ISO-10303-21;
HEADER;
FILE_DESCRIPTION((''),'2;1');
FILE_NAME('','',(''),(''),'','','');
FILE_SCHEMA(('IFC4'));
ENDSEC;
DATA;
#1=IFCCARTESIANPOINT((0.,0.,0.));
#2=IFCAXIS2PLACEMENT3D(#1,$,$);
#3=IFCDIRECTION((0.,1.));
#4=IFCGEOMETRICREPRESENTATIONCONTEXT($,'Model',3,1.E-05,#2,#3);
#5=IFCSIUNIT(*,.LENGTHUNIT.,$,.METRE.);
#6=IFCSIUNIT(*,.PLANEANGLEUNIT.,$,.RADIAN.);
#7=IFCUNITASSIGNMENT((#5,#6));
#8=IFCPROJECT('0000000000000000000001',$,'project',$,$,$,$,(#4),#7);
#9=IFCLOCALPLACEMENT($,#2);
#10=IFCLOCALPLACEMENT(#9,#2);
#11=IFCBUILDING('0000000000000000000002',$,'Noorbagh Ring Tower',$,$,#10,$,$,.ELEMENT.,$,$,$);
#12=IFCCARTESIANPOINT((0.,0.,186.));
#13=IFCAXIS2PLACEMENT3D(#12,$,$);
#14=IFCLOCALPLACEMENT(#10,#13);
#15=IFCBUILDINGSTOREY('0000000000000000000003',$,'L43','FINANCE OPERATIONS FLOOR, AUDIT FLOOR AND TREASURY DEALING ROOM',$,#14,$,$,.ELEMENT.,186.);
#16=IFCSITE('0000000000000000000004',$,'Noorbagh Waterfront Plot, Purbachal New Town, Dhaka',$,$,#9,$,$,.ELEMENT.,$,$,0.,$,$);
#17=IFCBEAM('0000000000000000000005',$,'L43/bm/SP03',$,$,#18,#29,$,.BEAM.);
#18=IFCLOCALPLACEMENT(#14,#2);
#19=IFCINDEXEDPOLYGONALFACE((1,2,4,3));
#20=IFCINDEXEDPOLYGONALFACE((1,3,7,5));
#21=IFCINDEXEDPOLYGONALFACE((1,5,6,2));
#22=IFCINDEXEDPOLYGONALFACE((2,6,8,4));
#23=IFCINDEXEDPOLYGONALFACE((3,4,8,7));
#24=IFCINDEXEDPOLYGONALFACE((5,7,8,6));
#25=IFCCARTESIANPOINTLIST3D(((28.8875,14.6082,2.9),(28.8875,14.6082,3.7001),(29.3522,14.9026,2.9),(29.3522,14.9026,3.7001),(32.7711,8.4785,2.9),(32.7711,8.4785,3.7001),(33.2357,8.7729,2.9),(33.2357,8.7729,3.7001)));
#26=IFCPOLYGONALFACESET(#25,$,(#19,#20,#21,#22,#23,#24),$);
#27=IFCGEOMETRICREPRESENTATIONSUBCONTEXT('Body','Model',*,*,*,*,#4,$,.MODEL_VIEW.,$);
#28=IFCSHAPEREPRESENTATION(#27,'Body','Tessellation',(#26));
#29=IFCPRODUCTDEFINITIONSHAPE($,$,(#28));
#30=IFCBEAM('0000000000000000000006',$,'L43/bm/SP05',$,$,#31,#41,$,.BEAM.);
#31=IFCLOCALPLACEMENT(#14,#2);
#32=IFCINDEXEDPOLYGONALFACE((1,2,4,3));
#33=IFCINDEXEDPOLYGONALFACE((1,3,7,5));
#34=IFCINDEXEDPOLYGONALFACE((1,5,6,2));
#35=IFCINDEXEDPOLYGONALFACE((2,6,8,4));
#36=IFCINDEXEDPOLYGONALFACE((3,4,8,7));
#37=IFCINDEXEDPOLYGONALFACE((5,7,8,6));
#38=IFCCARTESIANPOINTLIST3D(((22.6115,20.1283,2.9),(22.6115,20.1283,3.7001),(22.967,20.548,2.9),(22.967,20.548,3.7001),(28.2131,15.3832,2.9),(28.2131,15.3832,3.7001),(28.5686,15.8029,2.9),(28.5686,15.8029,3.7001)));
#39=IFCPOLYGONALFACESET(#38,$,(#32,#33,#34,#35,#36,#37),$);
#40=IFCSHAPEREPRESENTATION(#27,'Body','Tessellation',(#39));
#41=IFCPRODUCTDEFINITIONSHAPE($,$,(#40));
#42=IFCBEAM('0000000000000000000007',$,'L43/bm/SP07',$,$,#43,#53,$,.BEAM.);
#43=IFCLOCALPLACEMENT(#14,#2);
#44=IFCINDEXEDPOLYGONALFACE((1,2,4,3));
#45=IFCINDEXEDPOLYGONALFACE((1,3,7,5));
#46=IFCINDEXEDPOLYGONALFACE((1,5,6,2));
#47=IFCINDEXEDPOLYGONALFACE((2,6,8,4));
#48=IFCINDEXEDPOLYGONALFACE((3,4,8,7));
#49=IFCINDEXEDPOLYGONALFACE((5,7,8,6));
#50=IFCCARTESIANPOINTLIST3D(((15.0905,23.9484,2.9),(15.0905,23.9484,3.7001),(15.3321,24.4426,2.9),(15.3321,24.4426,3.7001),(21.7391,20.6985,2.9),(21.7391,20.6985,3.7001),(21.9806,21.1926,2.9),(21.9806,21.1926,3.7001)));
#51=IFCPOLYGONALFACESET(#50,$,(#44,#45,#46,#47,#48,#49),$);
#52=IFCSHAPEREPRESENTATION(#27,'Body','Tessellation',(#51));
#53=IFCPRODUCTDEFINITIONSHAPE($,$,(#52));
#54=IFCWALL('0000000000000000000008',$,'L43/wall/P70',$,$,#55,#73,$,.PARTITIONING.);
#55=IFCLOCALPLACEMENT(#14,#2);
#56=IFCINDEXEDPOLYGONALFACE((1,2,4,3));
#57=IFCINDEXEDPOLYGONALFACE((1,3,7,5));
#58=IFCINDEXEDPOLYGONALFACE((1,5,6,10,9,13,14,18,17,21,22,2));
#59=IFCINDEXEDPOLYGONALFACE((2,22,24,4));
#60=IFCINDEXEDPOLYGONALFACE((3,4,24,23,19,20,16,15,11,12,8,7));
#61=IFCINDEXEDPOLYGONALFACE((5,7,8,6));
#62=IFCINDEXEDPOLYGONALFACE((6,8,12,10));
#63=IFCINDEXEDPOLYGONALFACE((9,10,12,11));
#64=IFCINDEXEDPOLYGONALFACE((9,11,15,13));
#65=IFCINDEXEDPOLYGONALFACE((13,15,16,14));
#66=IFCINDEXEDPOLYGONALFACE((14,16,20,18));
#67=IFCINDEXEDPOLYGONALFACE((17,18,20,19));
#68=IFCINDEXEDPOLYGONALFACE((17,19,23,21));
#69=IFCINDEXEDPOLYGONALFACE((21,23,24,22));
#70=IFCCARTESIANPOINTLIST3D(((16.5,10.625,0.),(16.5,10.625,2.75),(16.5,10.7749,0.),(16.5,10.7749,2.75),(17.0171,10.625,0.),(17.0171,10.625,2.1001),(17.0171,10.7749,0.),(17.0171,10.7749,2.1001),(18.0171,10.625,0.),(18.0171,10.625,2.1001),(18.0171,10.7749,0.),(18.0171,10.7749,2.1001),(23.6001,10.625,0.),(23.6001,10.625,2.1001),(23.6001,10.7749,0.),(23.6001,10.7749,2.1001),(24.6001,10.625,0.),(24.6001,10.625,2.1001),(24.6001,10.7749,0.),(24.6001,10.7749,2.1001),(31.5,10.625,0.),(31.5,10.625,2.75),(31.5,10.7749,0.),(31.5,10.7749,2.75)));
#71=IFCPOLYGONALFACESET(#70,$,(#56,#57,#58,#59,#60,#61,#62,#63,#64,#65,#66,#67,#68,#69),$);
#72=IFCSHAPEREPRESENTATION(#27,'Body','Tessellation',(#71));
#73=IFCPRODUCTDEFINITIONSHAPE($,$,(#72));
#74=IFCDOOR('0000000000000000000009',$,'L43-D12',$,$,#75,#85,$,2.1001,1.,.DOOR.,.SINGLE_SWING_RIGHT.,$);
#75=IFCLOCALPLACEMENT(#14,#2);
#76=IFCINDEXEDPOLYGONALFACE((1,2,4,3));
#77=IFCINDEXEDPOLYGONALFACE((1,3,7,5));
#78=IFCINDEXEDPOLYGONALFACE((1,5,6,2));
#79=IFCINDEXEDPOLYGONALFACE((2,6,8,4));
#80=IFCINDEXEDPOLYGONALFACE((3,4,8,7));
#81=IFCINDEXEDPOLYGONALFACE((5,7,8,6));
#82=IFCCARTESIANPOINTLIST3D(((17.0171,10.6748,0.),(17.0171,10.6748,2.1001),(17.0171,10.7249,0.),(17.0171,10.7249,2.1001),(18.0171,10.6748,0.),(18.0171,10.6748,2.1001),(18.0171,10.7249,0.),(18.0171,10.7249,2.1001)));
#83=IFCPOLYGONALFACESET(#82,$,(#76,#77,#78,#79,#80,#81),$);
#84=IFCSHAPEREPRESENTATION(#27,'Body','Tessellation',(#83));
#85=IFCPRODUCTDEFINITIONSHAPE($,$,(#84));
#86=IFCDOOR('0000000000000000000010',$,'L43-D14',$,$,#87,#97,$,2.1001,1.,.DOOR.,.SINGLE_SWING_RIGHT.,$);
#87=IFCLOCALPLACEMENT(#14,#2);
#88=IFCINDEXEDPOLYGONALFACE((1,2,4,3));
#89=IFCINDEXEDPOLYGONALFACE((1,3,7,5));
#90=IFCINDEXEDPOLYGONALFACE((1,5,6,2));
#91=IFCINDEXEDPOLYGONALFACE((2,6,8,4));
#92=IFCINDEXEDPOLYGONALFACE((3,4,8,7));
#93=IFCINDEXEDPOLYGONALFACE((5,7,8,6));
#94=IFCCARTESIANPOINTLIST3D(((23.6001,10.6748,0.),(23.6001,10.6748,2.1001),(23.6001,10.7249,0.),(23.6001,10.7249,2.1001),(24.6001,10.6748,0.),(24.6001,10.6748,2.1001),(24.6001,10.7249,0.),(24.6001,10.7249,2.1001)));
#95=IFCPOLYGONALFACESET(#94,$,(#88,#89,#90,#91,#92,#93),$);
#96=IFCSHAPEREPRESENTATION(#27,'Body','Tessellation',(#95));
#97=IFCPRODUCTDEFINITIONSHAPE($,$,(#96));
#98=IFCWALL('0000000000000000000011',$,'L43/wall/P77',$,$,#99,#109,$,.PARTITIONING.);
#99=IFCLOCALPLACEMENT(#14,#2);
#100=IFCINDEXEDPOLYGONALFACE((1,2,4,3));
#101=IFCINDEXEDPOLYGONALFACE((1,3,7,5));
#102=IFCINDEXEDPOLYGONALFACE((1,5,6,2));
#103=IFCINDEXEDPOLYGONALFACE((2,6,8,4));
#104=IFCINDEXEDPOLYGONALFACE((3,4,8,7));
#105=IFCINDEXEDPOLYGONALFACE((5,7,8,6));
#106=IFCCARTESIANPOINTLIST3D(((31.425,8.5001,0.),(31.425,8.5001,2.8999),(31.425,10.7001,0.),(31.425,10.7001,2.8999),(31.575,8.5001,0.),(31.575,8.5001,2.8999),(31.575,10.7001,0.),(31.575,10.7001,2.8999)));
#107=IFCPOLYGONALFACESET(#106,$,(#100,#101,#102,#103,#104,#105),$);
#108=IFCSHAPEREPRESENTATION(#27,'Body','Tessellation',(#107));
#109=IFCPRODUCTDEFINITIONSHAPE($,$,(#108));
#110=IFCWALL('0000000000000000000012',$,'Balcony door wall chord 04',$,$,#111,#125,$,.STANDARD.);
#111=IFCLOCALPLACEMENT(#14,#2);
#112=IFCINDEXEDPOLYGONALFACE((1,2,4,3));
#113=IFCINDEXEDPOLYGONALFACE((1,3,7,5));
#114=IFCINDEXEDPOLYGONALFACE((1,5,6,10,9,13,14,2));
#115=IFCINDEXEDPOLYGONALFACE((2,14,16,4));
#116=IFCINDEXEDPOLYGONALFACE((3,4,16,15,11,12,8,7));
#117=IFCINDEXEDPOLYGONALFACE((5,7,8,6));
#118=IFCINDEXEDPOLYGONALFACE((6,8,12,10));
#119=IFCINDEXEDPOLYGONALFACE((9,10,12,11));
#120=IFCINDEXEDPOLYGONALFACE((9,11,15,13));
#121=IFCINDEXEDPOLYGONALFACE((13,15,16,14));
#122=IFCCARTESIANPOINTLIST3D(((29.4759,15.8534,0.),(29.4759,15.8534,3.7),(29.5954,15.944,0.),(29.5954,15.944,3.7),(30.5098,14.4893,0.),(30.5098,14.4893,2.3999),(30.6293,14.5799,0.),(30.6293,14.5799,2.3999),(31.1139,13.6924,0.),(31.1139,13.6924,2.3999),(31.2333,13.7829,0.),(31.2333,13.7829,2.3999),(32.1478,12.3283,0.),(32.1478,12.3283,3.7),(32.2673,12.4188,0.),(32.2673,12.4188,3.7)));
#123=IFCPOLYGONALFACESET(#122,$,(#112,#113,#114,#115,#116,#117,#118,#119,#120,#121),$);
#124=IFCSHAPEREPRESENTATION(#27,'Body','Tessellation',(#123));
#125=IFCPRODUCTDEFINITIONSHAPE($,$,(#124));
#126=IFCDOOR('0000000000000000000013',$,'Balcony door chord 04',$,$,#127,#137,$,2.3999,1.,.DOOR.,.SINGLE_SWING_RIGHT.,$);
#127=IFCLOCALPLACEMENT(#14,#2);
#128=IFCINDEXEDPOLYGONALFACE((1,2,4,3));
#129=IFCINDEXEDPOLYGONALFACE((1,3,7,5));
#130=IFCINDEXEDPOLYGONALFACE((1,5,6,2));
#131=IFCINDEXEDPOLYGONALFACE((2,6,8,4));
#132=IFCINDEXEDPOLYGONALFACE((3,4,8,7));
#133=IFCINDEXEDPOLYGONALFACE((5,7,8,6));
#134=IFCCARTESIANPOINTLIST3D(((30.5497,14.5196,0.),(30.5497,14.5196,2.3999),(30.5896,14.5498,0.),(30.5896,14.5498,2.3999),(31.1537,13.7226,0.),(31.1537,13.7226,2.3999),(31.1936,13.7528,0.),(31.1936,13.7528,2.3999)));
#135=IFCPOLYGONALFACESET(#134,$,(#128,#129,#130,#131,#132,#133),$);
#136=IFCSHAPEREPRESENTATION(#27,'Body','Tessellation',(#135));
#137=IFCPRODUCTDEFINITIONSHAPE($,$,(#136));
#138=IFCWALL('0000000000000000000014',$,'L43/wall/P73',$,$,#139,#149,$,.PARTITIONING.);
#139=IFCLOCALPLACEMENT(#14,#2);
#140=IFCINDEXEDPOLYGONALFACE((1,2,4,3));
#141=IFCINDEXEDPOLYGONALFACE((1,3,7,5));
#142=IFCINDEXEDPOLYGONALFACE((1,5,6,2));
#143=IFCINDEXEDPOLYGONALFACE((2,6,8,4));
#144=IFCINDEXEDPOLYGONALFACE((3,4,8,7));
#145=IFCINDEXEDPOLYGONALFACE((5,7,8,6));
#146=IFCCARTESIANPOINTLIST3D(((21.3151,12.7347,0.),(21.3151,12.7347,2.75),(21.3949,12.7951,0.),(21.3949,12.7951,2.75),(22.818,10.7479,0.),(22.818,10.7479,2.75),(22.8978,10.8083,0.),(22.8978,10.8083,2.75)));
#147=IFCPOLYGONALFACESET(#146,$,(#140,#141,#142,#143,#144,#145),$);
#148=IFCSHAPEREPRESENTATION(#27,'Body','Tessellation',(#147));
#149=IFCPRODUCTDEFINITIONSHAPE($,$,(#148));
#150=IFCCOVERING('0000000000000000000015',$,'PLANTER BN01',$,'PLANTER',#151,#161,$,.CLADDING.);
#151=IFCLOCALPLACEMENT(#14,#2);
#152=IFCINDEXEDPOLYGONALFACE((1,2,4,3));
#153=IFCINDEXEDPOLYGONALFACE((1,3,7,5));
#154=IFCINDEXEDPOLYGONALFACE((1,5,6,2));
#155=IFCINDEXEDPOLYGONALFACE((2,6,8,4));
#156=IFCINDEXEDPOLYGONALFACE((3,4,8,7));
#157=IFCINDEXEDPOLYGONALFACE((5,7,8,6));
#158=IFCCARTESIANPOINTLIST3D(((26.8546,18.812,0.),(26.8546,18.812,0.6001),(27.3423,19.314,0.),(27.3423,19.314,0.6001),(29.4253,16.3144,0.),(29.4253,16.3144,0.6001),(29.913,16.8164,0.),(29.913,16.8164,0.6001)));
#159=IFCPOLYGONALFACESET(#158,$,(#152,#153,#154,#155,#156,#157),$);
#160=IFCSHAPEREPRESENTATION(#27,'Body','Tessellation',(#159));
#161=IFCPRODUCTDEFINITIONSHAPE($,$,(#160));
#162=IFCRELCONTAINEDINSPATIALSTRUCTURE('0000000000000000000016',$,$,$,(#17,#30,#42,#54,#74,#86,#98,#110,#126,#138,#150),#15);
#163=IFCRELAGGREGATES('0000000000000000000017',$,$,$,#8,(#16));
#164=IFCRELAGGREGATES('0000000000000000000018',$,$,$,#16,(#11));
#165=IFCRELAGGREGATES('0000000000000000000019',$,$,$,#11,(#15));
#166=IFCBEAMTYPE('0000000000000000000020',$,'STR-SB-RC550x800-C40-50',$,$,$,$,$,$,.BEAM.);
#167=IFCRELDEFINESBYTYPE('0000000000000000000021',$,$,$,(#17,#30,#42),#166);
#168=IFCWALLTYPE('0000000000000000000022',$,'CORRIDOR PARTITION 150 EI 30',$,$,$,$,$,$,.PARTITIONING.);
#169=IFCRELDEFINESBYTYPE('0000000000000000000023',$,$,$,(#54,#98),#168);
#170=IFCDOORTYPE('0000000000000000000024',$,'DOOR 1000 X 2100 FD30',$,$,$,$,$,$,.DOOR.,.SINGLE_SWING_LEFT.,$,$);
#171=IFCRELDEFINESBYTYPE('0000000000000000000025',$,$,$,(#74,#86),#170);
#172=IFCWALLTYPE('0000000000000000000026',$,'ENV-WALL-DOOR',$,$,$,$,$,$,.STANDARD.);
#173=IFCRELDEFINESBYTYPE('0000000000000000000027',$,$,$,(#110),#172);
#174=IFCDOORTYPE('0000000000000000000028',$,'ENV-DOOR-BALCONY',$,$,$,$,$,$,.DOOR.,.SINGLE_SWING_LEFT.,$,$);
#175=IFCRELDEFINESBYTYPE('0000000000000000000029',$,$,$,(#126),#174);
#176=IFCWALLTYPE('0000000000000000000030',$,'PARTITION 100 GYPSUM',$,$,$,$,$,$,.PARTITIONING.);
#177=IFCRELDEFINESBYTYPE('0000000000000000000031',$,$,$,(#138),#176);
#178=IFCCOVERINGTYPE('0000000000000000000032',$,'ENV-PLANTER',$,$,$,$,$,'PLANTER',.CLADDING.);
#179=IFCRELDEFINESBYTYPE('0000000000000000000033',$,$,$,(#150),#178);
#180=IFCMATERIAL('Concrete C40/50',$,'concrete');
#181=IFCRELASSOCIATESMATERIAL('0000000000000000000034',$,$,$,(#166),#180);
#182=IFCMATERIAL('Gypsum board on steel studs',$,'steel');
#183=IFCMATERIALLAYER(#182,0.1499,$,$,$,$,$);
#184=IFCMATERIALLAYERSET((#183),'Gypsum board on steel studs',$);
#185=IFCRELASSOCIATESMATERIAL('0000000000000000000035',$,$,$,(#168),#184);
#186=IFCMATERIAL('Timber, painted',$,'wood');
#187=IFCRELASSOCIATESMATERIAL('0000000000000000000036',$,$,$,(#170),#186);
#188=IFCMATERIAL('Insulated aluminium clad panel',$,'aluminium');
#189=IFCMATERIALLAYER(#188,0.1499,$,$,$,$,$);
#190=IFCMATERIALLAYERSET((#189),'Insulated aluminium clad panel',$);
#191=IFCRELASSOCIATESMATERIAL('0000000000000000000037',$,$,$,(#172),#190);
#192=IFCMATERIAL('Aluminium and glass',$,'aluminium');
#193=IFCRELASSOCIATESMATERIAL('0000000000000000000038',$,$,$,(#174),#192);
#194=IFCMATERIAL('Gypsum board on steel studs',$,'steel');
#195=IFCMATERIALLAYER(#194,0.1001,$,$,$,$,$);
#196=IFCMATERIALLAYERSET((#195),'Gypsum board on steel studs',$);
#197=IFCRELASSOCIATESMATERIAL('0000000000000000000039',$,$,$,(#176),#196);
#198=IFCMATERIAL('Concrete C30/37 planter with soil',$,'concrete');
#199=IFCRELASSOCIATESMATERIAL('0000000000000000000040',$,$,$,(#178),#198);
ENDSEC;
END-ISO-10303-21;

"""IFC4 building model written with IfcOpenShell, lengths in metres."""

from ifc_helpers import new_model, si_unit, direction, frame, frame_2d, origin, origin_2d, place, context, subcontext, project, spatial, rectangle, extrude, material, layer, layer_set, material_profile, profile_set, type_object, element, fill, save


model = new_model("IFC4")

# Units and contexts
model_context = context("Model", 3, precision=1e-05, world=origin(), true_north=direction((0.0, 1.0)))
body_context = subcontext(model_context, "Body", "Model", "MODEL_VIEW")
ifc_project = project(units=[si_unit("LENGTHUNIT", "METRE"), si_unit("PLANEANGLEUNIT", "RADIAN")], contexts=[model_context])

# Site, building, storey
site_placement = place(None, origin())
site = spatial("IfcSite", under=ifc_project, at=site_placement, Name="Noorbagh Waterfront Plot, Purbachal New Town, Dhaka", CompositionType="ELEMENT", RefElevation=0.0)
building_placement = place(site_placement, origin())
building = spatial("IfcBuilding", under=site, at=building_placement, Name="Noorbagh Ring Tower", CompositionType="ELEMENT")
storey_placement = place(building_placement, frame((0.0, 0.0, 186.0)))
storey = spatial("IfcBuildingStorey", under=building, at=storey_placement, Name="L43", Description="FINANCE OPERATIONS FLOOR, AUDIT FLOOR AND TREASURY DEALING ROOM", CompositionType="ELEMENT", Elevation=186.0)

# Beams
ifc_material_1 = material(Name="Concrete C40/50", Category="concrete")
ifc_material_profile_1 = material_profile(ifc_material_1, rectangle(XDim=0.55, YDim=0.8, at=origin_2d()), Name="RC550x800")
ifc_profile_set_1 = profile_set([ifc_material_profile_1], Name="Concrete C40/50")
beam_type_1 = type_object("IfcBeamType", Name="STR-SB-RC550x800-C40-50", PredefinedType="BEAM", material=ifc_profile_set_1)
beam_1_placement = place(storey_placement, frame((33.0034, 8.6257, 3.3), z_axis=(-0.535194, 0.844729, 0.0), x_axis=(-0.844729, -0.535194, 0.0)))
element("IfcBeam", 1, at=beam_1_placement, inside=storey, type_object=beam_type_1, Name="L43/bm/SP03", PredefinedType="BEAM", context=body_context, shape_type="SweptSolid", body=[
    extrude(rectangle(XDim=0.55, YDim=0.8, at=origin_2d()), origin(), (0.0, 0.0, 1.0), 7.2563),
])
beam_2_placement = place(storey_placement, frame((28.3909, 15.593, 3.3), z_axis=(-0.763028, 0.646366, 0.0), x_axis=(-0.646366, -0.763028, 0.0)))
element("IfcBeam", 2, at=beam_2_placement, inside=storey, type_object=beam_type_1, Name="L43/bm/SP05", PredefinedType="BEAM", context=body_context, shape_type="SweptSolid", body=[
    extrude(rectangle(XDim=0.55, YDim=0.8, at=origin_2d()), origin(), (0.0, 0.0, 1.0), 7.3413),
])
beam_3_placement = place(storey_placement, frame((21.8599, 20.9456, 3.3), z_axis=(-0.898409, 0.439159, 0.0), x_axis=(-0.439159, -0.898409, 0.0)))
element("IfcBeam", 3, at=beam_3_placement, inside=storey, type_object=beam_type_1, Name="L43/bm/SP07", PredefinedType="BEAM", context=body_context, shape_type="SweptSolid", body=[
    extrude(rectangle(XDim=0.55, YDim=0.8, at=origin_2d()), origin(), (0.0, 0.0, 1.0), 7.4004),
])

# Wall, openings, doors
ifc_material_2 = material(Name="Gypsum board on steel studs", Category="steel")
ifc_layer_1 = layer(ifc_material_2, 0.1499)
ifc_layer_set_1 = layer_set([ifc_layer_1], Name="Gypsum board on steel studs")
wall_type_1 = type_object("IfcWallType", Name="CORRIDOR PARTITION 150 EI 30", PredefinedType="PARTITIONING", material=ifc_layer_set_1)
wall_1_placement = place(storey_placement, frame((16.5, 10.7, 0.0), z_axis=(0.0, 0.0, 1.0), x_axis=(1.0, 0.0, 0.0)))
wall_1 = element("IfcWall", 4, at=wall_1_placement, inside=storey, type_object=wall_type_1, Name="L43/wall/P70", PredefinedType="PARTITIONING", context=body_context, shape_type="SweptSolid", body=[
    extrude(rectangle(XDim=15.0, YDim=0.1499, at=frame_2d((7.5, 0.0))), origin(), (0.0, 0.0, 1.0), 2.75),
])
opening_1_placement = place(wall_1_placement, frame((0.5171, 0.0, 0.0)))
opening_1 = element("IfcOpeningElement", 5, at=opening_1_placement, cuts=wall_1, PredefinedType="OPENING", context=body_context, shape_type="SweptSolid", body=[
    extrude(rectangle(XDim=1.0, YDim=2.1001, at=frame_2d((0.5, 1.05))), frame((0.0, 0.085, 0.0), z_axis=(0.0, -1.0, 0.0), x_axis=(1.0, 0.0, 0.0)), (0.0, 0.0, 1.0), 0.1699),
])
opening_2_placement = place(wall_1_placement, frame((7.1001, 0.0, 0.0)))
opening_2 = element("IfcOpeningElement", 6, at=opening_2_placement, cuts=wall_1, PredefinedType="OPENING", context=body_context, shape_type="SweptSolid", body=[
    extrude(rectangle(XDim=1.0, YDim=2.1001, at=frame_2d((0.5, 1.05))), frame((0.0, 0.085, 0.0), z_axis=(0.0, -1.0, 0.0), x_axis=(1.0, 0.0, 0.0)), (0.0, 0.0, 1.0), 0.1699),
])
ifc_material_3 = material(Name="Timber, painted", Category="wood")
door_type_1 = type_object("IfcDoorType", Name="DOOR 1000 X 2100 FD30", OperationType="SINGLE_SWING_LEFT", PredefinedType="DOOR", material=ifc_material_3)
door_1_placement = place(opening_1_placement, origin())
door_1 = element("IfcDoor", 7, at=door_1_placement, inside=storey, type_object=door_type_1, Name="L43-D12", OperationType="SINGLE_SWING_RIGHT", OverallHeight=2.1001, OverallWidth=1.0, PredefinedType="DOOR", context=body_context, shape_type="SweptSolid", body=[
    extrude(rectangle(XDim=1.0, YDim=2.1001, at=frame_2d((0.5, 1.05))), frame((0.0, 0.0249, 0.0), z_axis=(0.0, -1.0, 0.0), x_axis=(1.0, 0.0, 0.0)), (0.0, 0.0, 1.0), 0.05),
])
fill(opening_1, door_1)
door_2_placement = place(opening_2_placement, origin())
door_2 = element("IfcDoor", 8, at=door_2_placement, inside=storey, type_object=door_type_1, Name="L43-D14", OperationType="SINGLE_SWING_RIGHT", OverallHeight=2.1001, OverallWidth=1.0, PredefinedType="DOOR", context=body_context, shape_type="SweptSolid", body=[
    extrude(rectangle(XDim=1.0, YDim=2.1001, at=frame_2d((0.5, 1.05))), frame((0.0, 0.0249, 0.0), z_axis=(0.0, -1.0, 0.0), x_axis=(1.0, 0.0, 0.0)), (0.0, 0.0, 1.0), 0.05),
])
fill(opening_2, door_2)

# Wall
wall_2_placement = place(storey_placement, frame((31.5, 8.5, 0.0), z_axis=(0.0, 0.0, 1.0), x_axis=(0.0, 1.0, 0.0)))
element("IfcWall", 9, at=wall_2_placement, inside=storey, type_object=wall_type_1, Name="L43/wall/P77", PredefinedType="PARTITIONING", context=body_context, shape_type="SweptSolid", body=[
    extrude(rectangle(XDim=2.2, YDim=0.1499, at=frame_2d((1.1001, 0.0))), origin(), (0.0, 0.0, 1.0), 2.8999),
])

# Wall, opening, door
ifc_material_4 = material(Name="Insulated aluminium clad panel", Category="aluminium")
ifc_layer_2 = layer(ifc_material_4, 0.1499)
ifc_layer_set_2 = layer_set([ifc_layer_2], Name="Insulated aluminium clad panel")
wall_type_2 = type_object("IfcWallType", Name="ENV-WALL-DOOR", PredefinedType="STANDARD", material=ifc_layer_set_2)
wall_3_placement = place(storey_placement, frame((32.2075, 12.3735, 0.0), z_axis=(0.0, 0.0, 1.0), x_axis=(-0.604046, 0.79695, 0.0)))
wall_3 = element("IfcWall", 10, at=wall_3_placement, inside=storey, type_object=wall_type_2, Name="Balcony door wall chord 04", PredefinedType="STANDARD", context=body_context, shape_type="SweptSolid", body=[
    extrude(rectangle(XDim=4.4233, YDim=0.1499, at=frame_2d((2.2117, 0.0))), origin(), (0.0, 0.0, 1.0), 3.7),
])
opening_3_placement = place(wall_3_placement, frame((1.7117, 0.0, 0.0)))
opening_3 = element("IfcOpeningElement", 11, at=opening_3_placement, cuts=wall_3, PredefinedType="OPENING", context=body_context, shape_type="SweptSolid", body=[
    extrude(rectangle(XDim=1.0, YDim=2.3999, at=frame_2d((0.5, 1.2))), frame((0.0, 0.085, 0.0), z_axis=(0.0, -1.0, 0.0), x_axis=(1.0, 0.0, 0.0)), (0.0, 0.0, 1.0), 0.1699),
])
ifc_material_5 = material(Name="Aluminium and glass", Category="aluminium")
door_type_2 = type_object("IfcDoorType", Name="ENV-DOOR-BALCONY", OperationType="SINGLE_SWING_LEFT", PredefinedType="DOOR", material=ifc_material_5)
door_3_placement = place(opening_3_placement, origin())
door_3 = element("IfcDoor", 12, at=door_3_placement, inside=storey, type_object=door_type_2, Name="Balcony door chord 04", OperationType="SINGLE_SWING_RIGHT", OverallHeight=2.3999, OverallWidth=1.0, PredefinedType="DOOR", context=body_context, shape_type="SweptSolid", body=[
    extrude(rectangle(XDim=1.0, YDim=2.3999, at=frame_2d((0.5, 1.2))), frame((0.0, 0.0249, 0.0), z_axis=(0.0, -1.0, 0.0), x_axis=(1.0, 0.0, 0.0)), (0.0, 0.0, 1.0), 0.05),
])
fill(opening_3, door_3)

# Wall
ifc_material_6 = material(Name="Gypsum board on steel studs", Category="steel")
ifc_layer_3 = layer(ifc_material_6, 0.1001)
ifc_layer_set_3 = layer_set([ifc_layer_3], Name="Gypsum board on steel studs")
wall_type_3 = type_object("IfcWallType", Name="PARTITION 100 GYPSUM", PredefinedType="PARTITIONING", material=ifc_layer_set_3)
wall_4_placement = place(storey_placement, frame((21.355, 12.7649, 0.0), z_axis=(0.0, 0.0, 1.0), x_axis=(0.603288, -0.797524, 0.0)))
element("IfcWall", 13, at=wall_4_placement, inside=storey, type_object=wall_type_3, Name="L43/wall/P73", PredefinedType="PARTITIONING", context=body_context, shape_type="SweptSolid", body=[
    extrude(rectangle(XDim=2.4912, YDim=0.1001, at=frame_2d((1.2456, 0.0))), origin(), (0.0, 0.0, 1.0), 2.75),
])

# Covering
ifc_material_7 = material(Name="Concrete C30/37 planter with soil", Category="concrete")
covering_type = type_object("IfcCoveringType", Name="ENV-PLANTER", ElementType="PLANTER", PredefinedType="CLADDING", material=ifc_material_7)
covering_placement = place(storey_placement, frame((28.3838, 17.8142, 0.0), z_axis=(0.0, 0.0, 1.0), x_axis=(-0.717225, 0.696842, 0.0)))
element("IfcCovering", 14, at=covering_placement, inside=storey, type_object=covering_type, Name="PLANTER BN01", ObjectType="PLANTER", PredefinedType="CLADDING", context=body_context, shape_type="SweptSolid", body=[
    extrude(rectangle(XDim=3.5842, YDim=0.7, at=origin_2d()), origin(), (0.0, 0.0, 1.0), 0.6001),
])

save(model, "model.ifc")
